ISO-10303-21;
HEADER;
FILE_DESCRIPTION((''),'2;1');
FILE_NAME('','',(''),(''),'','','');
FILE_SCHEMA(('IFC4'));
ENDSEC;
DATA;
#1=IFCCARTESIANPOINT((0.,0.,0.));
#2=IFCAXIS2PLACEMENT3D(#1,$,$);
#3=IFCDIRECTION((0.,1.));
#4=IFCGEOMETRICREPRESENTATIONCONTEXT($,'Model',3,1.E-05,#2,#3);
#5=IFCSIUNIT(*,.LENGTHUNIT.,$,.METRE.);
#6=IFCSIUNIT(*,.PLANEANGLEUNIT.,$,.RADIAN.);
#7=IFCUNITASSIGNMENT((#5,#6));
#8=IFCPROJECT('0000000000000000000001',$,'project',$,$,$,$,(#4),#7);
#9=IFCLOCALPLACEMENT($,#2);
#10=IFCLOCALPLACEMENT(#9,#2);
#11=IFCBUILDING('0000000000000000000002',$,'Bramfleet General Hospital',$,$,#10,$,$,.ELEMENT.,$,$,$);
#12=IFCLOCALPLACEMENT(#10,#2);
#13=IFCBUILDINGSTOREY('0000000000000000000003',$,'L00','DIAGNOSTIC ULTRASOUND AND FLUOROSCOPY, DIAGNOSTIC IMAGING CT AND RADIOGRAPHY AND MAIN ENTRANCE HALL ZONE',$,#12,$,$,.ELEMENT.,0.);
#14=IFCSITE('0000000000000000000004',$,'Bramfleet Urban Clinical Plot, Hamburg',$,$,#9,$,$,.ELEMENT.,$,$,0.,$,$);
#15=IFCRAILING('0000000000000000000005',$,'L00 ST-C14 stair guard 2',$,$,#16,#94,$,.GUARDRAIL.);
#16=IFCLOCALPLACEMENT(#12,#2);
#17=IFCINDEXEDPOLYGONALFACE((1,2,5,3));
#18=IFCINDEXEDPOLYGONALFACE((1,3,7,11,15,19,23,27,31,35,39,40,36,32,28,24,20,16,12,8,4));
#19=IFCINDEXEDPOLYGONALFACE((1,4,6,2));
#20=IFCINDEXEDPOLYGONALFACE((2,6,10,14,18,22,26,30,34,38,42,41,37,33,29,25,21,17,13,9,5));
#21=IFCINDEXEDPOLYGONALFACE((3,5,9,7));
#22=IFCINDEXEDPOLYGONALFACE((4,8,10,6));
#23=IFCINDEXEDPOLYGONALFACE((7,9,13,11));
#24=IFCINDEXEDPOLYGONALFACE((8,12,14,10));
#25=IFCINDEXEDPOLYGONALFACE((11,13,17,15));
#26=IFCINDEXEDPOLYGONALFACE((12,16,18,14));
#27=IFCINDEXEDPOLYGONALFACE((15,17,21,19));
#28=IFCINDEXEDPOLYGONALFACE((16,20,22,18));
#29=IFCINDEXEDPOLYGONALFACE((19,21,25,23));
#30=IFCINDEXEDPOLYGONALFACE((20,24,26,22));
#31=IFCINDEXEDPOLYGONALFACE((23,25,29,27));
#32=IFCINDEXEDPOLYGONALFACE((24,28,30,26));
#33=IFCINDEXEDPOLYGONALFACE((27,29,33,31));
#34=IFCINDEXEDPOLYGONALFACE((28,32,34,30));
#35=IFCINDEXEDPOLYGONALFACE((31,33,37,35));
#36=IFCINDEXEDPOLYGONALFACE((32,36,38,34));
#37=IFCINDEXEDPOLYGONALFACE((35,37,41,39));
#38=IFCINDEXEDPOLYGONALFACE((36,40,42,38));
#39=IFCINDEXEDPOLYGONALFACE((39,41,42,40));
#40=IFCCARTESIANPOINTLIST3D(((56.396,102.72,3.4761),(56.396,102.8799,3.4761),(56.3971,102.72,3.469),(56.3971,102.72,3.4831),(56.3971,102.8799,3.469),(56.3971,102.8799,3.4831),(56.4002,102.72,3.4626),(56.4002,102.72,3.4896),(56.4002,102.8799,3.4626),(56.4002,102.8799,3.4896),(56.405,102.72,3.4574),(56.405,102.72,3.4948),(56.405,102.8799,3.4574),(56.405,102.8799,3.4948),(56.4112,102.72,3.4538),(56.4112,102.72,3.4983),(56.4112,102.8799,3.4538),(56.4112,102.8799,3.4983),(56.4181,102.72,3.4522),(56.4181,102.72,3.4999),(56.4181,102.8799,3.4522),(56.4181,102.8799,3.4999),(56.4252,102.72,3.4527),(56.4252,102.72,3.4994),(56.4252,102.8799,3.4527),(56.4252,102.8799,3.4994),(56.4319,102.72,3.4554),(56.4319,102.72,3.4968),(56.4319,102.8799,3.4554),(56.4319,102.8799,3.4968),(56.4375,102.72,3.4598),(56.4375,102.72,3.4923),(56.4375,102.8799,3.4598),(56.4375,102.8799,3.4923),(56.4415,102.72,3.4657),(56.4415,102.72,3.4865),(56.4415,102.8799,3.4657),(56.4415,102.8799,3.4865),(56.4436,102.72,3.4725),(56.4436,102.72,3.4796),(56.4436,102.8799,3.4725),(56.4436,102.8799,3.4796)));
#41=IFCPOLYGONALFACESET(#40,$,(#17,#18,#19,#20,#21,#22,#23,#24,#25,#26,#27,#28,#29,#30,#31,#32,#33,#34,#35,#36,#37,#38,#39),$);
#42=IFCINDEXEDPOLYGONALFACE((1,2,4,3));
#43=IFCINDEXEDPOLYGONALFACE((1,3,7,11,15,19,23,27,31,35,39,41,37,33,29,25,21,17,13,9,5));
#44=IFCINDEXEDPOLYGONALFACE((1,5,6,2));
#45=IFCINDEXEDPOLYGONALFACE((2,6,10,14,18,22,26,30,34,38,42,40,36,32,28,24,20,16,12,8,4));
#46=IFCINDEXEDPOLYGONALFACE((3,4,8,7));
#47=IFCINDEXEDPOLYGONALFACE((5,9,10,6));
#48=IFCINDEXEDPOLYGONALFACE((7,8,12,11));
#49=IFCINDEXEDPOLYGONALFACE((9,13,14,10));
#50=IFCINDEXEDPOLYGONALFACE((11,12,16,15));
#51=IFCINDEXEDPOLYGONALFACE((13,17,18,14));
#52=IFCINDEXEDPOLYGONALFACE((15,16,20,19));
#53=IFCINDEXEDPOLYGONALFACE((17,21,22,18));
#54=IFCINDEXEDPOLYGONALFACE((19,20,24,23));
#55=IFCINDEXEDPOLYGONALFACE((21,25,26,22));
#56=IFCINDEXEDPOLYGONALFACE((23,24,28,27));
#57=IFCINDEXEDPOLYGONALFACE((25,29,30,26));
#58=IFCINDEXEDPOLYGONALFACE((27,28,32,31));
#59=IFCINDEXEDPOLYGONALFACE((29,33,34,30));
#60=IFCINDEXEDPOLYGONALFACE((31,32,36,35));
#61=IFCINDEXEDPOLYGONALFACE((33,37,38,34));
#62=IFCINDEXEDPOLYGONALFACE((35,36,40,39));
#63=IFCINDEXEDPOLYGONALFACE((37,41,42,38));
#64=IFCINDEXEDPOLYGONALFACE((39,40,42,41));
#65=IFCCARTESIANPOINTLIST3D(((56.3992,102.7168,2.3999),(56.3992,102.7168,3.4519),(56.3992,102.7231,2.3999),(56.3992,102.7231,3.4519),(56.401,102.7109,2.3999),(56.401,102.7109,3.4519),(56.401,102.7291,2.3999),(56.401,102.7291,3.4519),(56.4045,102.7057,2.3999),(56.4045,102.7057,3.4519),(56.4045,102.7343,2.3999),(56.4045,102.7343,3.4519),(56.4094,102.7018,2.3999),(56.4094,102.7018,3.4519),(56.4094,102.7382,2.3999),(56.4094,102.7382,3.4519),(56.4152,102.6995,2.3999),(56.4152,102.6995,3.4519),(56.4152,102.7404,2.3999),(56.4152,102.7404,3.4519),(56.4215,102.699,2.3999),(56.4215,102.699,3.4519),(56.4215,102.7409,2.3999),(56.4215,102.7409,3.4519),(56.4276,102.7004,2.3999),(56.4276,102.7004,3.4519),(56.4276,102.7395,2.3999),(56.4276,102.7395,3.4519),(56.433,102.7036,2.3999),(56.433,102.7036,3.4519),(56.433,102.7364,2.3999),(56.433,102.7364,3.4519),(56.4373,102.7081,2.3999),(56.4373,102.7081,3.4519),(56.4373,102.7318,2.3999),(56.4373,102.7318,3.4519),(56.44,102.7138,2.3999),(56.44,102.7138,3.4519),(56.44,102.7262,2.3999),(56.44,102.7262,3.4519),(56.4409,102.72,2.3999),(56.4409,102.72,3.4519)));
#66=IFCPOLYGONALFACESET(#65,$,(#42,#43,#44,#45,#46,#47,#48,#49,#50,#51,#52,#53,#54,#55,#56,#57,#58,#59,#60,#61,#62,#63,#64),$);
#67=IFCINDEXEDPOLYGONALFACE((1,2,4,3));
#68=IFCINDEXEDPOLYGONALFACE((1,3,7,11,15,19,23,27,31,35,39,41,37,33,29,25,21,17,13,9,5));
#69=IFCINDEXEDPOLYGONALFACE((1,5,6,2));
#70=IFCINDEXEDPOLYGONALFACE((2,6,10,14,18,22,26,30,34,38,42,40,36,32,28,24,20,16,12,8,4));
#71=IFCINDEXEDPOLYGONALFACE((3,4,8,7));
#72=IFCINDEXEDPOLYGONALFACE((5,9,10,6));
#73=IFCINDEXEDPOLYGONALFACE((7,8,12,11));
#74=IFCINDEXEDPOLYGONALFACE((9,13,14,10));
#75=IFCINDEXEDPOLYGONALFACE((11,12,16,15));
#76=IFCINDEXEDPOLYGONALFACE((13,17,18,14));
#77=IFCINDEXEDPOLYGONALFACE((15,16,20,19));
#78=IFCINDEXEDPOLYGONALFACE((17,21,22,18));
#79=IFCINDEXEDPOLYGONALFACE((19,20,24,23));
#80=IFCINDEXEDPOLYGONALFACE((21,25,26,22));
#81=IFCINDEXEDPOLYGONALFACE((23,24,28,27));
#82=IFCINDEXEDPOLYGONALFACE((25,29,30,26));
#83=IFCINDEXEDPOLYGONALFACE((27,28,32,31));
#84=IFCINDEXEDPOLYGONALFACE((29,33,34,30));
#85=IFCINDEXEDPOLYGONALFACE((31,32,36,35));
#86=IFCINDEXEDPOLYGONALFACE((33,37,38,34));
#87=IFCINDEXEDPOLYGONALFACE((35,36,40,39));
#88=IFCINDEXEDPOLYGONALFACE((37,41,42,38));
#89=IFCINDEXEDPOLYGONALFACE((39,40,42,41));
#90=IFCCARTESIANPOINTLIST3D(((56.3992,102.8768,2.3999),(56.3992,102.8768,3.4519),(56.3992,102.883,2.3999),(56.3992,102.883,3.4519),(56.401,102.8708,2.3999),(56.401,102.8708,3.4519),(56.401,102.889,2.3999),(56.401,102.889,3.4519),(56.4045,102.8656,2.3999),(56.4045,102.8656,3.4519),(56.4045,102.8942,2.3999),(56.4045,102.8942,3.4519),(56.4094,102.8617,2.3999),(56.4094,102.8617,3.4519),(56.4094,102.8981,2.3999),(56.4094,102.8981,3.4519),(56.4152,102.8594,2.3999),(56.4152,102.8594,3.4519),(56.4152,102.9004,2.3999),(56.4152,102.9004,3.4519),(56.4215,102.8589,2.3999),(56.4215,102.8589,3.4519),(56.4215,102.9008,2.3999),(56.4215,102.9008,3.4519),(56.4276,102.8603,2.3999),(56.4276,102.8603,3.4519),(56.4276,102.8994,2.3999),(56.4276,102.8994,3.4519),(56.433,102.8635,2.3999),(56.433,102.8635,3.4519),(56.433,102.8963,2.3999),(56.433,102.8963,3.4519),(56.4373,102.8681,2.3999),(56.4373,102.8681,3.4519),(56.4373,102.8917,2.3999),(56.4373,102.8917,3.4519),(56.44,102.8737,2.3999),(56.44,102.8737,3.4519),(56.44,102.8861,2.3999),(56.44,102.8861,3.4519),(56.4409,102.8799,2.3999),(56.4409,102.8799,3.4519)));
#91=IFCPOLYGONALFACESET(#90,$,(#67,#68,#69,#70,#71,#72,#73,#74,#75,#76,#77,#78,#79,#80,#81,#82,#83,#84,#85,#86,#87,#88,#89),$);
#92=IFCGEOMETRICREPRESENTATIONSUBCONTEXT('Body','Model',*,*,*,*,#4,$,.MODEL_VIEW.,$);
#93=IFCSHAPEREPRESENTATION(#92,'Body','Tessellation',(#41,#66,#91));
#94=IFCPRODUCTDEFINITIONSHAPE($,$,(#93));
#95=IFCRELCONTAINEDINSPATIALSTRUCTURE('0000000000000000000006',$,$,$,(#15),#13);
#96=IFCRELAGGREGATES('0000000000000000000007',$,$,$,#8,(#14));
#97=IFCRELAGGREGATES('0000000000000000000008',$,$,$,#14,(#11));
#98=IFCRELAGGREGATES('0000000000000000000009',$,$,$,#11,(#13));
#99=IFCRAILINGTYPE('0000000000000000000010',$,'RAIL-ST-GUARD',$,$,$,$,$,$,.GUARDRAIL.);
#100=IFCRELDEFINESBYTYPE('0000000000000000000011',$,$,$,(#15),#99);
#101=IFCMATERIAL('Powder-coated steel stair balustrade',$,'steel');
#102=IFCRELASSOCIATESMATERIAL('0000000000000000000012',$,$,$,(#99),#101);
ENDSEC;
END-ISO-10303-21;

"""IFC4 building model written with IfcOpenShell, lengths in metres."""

from ifc_helpers import new_model, si_unit, direction, frame, origin, origin_2d, place, context, subcontext, project, spatial, circle, extrude, material, type_object, element, save


model = new_model("IFC4")

# Units and contexts
model_context = context("Model", 3, precision=1e-05, world=origin(), true_north=direction((0.0, 1.0)))
body_context = subcontext(model_context, "Body", "Model", "MODEL_VIEW")
ifc_project = project(units=[si_unit("LENGTHUNIT", "METRE"), si_unit("PLANEANGLEUNIT", "RADIAN")], contexts=[model_context])

# Site, building, storey
site_placement = place(None, origin())
site = spatial("IfcSite", under=ifc_project, at=site_placement, Name="Bramfleet Urban Clinical Plot, Hamburg", CompositionType="ELEMENT", RefElevation=0.0)
building_placement = place(site_placement, origin())
building = spatial("IfcBuilding", under=site, at=building_placement, Name="Bramfleet General Hospital", CompositionType="ELEMENT")
storey_placement = place(building_placement, origin())
storey = spatial("IfcBuildingStorey", under=building, at=storey_placement, Name="L00", Description="DIAGNOSTIC ULTRASOUND AND FLUOROSCOPY, DIAGNOSTIC IMAGING CT AND RADIOGRAPHY AND MAIN ENTRANCE HALL ZONE", CompositionType="ELEMENT", Elevation=0.0)

# Railing
ifc_material_1 = material(Name="Powder-coated steel stair balustrade", Category="steel")
railing_type_1 = type_object("IfcRailingType", Name="RAIL-ST-GUARD", PredefinedType="GUARDRAIL", material=ifc_material_1)
railing_1_placement = place(storey_placement, frame((56.4199, 102.72, 2.3999)))
element("IfcRailing", 1, at=railing_1_placement, inside=storey, type_object=railing_type_1, Name="L00 ST-C14 stair guard 2", PredefinedType="GUARDRAIL", context=body_context, shape_type="SweptSolid", body=[
    extrude(circle(Radius=0.0239, at=origin_2d()), frame((0.0, 0.0, 1.0762), z_axis=(0.0, 1.0, 0.0), x_axis=(-1.0, 0.0, 0.0)), (0.0, 0.0, 1.0), 0.1599),
    extrude(circle(Radius=0.021, at=origin_2d()), origin(), (0.0, 0.0, 1.0), 1.052),
    extrude(circle(Radius=0.021, at=origin_2d()), frame((0.0, 0.1599, 0.0)), (0.0, 0.0, 1.0), 1.052),
])

save(model, "model.ifc")
